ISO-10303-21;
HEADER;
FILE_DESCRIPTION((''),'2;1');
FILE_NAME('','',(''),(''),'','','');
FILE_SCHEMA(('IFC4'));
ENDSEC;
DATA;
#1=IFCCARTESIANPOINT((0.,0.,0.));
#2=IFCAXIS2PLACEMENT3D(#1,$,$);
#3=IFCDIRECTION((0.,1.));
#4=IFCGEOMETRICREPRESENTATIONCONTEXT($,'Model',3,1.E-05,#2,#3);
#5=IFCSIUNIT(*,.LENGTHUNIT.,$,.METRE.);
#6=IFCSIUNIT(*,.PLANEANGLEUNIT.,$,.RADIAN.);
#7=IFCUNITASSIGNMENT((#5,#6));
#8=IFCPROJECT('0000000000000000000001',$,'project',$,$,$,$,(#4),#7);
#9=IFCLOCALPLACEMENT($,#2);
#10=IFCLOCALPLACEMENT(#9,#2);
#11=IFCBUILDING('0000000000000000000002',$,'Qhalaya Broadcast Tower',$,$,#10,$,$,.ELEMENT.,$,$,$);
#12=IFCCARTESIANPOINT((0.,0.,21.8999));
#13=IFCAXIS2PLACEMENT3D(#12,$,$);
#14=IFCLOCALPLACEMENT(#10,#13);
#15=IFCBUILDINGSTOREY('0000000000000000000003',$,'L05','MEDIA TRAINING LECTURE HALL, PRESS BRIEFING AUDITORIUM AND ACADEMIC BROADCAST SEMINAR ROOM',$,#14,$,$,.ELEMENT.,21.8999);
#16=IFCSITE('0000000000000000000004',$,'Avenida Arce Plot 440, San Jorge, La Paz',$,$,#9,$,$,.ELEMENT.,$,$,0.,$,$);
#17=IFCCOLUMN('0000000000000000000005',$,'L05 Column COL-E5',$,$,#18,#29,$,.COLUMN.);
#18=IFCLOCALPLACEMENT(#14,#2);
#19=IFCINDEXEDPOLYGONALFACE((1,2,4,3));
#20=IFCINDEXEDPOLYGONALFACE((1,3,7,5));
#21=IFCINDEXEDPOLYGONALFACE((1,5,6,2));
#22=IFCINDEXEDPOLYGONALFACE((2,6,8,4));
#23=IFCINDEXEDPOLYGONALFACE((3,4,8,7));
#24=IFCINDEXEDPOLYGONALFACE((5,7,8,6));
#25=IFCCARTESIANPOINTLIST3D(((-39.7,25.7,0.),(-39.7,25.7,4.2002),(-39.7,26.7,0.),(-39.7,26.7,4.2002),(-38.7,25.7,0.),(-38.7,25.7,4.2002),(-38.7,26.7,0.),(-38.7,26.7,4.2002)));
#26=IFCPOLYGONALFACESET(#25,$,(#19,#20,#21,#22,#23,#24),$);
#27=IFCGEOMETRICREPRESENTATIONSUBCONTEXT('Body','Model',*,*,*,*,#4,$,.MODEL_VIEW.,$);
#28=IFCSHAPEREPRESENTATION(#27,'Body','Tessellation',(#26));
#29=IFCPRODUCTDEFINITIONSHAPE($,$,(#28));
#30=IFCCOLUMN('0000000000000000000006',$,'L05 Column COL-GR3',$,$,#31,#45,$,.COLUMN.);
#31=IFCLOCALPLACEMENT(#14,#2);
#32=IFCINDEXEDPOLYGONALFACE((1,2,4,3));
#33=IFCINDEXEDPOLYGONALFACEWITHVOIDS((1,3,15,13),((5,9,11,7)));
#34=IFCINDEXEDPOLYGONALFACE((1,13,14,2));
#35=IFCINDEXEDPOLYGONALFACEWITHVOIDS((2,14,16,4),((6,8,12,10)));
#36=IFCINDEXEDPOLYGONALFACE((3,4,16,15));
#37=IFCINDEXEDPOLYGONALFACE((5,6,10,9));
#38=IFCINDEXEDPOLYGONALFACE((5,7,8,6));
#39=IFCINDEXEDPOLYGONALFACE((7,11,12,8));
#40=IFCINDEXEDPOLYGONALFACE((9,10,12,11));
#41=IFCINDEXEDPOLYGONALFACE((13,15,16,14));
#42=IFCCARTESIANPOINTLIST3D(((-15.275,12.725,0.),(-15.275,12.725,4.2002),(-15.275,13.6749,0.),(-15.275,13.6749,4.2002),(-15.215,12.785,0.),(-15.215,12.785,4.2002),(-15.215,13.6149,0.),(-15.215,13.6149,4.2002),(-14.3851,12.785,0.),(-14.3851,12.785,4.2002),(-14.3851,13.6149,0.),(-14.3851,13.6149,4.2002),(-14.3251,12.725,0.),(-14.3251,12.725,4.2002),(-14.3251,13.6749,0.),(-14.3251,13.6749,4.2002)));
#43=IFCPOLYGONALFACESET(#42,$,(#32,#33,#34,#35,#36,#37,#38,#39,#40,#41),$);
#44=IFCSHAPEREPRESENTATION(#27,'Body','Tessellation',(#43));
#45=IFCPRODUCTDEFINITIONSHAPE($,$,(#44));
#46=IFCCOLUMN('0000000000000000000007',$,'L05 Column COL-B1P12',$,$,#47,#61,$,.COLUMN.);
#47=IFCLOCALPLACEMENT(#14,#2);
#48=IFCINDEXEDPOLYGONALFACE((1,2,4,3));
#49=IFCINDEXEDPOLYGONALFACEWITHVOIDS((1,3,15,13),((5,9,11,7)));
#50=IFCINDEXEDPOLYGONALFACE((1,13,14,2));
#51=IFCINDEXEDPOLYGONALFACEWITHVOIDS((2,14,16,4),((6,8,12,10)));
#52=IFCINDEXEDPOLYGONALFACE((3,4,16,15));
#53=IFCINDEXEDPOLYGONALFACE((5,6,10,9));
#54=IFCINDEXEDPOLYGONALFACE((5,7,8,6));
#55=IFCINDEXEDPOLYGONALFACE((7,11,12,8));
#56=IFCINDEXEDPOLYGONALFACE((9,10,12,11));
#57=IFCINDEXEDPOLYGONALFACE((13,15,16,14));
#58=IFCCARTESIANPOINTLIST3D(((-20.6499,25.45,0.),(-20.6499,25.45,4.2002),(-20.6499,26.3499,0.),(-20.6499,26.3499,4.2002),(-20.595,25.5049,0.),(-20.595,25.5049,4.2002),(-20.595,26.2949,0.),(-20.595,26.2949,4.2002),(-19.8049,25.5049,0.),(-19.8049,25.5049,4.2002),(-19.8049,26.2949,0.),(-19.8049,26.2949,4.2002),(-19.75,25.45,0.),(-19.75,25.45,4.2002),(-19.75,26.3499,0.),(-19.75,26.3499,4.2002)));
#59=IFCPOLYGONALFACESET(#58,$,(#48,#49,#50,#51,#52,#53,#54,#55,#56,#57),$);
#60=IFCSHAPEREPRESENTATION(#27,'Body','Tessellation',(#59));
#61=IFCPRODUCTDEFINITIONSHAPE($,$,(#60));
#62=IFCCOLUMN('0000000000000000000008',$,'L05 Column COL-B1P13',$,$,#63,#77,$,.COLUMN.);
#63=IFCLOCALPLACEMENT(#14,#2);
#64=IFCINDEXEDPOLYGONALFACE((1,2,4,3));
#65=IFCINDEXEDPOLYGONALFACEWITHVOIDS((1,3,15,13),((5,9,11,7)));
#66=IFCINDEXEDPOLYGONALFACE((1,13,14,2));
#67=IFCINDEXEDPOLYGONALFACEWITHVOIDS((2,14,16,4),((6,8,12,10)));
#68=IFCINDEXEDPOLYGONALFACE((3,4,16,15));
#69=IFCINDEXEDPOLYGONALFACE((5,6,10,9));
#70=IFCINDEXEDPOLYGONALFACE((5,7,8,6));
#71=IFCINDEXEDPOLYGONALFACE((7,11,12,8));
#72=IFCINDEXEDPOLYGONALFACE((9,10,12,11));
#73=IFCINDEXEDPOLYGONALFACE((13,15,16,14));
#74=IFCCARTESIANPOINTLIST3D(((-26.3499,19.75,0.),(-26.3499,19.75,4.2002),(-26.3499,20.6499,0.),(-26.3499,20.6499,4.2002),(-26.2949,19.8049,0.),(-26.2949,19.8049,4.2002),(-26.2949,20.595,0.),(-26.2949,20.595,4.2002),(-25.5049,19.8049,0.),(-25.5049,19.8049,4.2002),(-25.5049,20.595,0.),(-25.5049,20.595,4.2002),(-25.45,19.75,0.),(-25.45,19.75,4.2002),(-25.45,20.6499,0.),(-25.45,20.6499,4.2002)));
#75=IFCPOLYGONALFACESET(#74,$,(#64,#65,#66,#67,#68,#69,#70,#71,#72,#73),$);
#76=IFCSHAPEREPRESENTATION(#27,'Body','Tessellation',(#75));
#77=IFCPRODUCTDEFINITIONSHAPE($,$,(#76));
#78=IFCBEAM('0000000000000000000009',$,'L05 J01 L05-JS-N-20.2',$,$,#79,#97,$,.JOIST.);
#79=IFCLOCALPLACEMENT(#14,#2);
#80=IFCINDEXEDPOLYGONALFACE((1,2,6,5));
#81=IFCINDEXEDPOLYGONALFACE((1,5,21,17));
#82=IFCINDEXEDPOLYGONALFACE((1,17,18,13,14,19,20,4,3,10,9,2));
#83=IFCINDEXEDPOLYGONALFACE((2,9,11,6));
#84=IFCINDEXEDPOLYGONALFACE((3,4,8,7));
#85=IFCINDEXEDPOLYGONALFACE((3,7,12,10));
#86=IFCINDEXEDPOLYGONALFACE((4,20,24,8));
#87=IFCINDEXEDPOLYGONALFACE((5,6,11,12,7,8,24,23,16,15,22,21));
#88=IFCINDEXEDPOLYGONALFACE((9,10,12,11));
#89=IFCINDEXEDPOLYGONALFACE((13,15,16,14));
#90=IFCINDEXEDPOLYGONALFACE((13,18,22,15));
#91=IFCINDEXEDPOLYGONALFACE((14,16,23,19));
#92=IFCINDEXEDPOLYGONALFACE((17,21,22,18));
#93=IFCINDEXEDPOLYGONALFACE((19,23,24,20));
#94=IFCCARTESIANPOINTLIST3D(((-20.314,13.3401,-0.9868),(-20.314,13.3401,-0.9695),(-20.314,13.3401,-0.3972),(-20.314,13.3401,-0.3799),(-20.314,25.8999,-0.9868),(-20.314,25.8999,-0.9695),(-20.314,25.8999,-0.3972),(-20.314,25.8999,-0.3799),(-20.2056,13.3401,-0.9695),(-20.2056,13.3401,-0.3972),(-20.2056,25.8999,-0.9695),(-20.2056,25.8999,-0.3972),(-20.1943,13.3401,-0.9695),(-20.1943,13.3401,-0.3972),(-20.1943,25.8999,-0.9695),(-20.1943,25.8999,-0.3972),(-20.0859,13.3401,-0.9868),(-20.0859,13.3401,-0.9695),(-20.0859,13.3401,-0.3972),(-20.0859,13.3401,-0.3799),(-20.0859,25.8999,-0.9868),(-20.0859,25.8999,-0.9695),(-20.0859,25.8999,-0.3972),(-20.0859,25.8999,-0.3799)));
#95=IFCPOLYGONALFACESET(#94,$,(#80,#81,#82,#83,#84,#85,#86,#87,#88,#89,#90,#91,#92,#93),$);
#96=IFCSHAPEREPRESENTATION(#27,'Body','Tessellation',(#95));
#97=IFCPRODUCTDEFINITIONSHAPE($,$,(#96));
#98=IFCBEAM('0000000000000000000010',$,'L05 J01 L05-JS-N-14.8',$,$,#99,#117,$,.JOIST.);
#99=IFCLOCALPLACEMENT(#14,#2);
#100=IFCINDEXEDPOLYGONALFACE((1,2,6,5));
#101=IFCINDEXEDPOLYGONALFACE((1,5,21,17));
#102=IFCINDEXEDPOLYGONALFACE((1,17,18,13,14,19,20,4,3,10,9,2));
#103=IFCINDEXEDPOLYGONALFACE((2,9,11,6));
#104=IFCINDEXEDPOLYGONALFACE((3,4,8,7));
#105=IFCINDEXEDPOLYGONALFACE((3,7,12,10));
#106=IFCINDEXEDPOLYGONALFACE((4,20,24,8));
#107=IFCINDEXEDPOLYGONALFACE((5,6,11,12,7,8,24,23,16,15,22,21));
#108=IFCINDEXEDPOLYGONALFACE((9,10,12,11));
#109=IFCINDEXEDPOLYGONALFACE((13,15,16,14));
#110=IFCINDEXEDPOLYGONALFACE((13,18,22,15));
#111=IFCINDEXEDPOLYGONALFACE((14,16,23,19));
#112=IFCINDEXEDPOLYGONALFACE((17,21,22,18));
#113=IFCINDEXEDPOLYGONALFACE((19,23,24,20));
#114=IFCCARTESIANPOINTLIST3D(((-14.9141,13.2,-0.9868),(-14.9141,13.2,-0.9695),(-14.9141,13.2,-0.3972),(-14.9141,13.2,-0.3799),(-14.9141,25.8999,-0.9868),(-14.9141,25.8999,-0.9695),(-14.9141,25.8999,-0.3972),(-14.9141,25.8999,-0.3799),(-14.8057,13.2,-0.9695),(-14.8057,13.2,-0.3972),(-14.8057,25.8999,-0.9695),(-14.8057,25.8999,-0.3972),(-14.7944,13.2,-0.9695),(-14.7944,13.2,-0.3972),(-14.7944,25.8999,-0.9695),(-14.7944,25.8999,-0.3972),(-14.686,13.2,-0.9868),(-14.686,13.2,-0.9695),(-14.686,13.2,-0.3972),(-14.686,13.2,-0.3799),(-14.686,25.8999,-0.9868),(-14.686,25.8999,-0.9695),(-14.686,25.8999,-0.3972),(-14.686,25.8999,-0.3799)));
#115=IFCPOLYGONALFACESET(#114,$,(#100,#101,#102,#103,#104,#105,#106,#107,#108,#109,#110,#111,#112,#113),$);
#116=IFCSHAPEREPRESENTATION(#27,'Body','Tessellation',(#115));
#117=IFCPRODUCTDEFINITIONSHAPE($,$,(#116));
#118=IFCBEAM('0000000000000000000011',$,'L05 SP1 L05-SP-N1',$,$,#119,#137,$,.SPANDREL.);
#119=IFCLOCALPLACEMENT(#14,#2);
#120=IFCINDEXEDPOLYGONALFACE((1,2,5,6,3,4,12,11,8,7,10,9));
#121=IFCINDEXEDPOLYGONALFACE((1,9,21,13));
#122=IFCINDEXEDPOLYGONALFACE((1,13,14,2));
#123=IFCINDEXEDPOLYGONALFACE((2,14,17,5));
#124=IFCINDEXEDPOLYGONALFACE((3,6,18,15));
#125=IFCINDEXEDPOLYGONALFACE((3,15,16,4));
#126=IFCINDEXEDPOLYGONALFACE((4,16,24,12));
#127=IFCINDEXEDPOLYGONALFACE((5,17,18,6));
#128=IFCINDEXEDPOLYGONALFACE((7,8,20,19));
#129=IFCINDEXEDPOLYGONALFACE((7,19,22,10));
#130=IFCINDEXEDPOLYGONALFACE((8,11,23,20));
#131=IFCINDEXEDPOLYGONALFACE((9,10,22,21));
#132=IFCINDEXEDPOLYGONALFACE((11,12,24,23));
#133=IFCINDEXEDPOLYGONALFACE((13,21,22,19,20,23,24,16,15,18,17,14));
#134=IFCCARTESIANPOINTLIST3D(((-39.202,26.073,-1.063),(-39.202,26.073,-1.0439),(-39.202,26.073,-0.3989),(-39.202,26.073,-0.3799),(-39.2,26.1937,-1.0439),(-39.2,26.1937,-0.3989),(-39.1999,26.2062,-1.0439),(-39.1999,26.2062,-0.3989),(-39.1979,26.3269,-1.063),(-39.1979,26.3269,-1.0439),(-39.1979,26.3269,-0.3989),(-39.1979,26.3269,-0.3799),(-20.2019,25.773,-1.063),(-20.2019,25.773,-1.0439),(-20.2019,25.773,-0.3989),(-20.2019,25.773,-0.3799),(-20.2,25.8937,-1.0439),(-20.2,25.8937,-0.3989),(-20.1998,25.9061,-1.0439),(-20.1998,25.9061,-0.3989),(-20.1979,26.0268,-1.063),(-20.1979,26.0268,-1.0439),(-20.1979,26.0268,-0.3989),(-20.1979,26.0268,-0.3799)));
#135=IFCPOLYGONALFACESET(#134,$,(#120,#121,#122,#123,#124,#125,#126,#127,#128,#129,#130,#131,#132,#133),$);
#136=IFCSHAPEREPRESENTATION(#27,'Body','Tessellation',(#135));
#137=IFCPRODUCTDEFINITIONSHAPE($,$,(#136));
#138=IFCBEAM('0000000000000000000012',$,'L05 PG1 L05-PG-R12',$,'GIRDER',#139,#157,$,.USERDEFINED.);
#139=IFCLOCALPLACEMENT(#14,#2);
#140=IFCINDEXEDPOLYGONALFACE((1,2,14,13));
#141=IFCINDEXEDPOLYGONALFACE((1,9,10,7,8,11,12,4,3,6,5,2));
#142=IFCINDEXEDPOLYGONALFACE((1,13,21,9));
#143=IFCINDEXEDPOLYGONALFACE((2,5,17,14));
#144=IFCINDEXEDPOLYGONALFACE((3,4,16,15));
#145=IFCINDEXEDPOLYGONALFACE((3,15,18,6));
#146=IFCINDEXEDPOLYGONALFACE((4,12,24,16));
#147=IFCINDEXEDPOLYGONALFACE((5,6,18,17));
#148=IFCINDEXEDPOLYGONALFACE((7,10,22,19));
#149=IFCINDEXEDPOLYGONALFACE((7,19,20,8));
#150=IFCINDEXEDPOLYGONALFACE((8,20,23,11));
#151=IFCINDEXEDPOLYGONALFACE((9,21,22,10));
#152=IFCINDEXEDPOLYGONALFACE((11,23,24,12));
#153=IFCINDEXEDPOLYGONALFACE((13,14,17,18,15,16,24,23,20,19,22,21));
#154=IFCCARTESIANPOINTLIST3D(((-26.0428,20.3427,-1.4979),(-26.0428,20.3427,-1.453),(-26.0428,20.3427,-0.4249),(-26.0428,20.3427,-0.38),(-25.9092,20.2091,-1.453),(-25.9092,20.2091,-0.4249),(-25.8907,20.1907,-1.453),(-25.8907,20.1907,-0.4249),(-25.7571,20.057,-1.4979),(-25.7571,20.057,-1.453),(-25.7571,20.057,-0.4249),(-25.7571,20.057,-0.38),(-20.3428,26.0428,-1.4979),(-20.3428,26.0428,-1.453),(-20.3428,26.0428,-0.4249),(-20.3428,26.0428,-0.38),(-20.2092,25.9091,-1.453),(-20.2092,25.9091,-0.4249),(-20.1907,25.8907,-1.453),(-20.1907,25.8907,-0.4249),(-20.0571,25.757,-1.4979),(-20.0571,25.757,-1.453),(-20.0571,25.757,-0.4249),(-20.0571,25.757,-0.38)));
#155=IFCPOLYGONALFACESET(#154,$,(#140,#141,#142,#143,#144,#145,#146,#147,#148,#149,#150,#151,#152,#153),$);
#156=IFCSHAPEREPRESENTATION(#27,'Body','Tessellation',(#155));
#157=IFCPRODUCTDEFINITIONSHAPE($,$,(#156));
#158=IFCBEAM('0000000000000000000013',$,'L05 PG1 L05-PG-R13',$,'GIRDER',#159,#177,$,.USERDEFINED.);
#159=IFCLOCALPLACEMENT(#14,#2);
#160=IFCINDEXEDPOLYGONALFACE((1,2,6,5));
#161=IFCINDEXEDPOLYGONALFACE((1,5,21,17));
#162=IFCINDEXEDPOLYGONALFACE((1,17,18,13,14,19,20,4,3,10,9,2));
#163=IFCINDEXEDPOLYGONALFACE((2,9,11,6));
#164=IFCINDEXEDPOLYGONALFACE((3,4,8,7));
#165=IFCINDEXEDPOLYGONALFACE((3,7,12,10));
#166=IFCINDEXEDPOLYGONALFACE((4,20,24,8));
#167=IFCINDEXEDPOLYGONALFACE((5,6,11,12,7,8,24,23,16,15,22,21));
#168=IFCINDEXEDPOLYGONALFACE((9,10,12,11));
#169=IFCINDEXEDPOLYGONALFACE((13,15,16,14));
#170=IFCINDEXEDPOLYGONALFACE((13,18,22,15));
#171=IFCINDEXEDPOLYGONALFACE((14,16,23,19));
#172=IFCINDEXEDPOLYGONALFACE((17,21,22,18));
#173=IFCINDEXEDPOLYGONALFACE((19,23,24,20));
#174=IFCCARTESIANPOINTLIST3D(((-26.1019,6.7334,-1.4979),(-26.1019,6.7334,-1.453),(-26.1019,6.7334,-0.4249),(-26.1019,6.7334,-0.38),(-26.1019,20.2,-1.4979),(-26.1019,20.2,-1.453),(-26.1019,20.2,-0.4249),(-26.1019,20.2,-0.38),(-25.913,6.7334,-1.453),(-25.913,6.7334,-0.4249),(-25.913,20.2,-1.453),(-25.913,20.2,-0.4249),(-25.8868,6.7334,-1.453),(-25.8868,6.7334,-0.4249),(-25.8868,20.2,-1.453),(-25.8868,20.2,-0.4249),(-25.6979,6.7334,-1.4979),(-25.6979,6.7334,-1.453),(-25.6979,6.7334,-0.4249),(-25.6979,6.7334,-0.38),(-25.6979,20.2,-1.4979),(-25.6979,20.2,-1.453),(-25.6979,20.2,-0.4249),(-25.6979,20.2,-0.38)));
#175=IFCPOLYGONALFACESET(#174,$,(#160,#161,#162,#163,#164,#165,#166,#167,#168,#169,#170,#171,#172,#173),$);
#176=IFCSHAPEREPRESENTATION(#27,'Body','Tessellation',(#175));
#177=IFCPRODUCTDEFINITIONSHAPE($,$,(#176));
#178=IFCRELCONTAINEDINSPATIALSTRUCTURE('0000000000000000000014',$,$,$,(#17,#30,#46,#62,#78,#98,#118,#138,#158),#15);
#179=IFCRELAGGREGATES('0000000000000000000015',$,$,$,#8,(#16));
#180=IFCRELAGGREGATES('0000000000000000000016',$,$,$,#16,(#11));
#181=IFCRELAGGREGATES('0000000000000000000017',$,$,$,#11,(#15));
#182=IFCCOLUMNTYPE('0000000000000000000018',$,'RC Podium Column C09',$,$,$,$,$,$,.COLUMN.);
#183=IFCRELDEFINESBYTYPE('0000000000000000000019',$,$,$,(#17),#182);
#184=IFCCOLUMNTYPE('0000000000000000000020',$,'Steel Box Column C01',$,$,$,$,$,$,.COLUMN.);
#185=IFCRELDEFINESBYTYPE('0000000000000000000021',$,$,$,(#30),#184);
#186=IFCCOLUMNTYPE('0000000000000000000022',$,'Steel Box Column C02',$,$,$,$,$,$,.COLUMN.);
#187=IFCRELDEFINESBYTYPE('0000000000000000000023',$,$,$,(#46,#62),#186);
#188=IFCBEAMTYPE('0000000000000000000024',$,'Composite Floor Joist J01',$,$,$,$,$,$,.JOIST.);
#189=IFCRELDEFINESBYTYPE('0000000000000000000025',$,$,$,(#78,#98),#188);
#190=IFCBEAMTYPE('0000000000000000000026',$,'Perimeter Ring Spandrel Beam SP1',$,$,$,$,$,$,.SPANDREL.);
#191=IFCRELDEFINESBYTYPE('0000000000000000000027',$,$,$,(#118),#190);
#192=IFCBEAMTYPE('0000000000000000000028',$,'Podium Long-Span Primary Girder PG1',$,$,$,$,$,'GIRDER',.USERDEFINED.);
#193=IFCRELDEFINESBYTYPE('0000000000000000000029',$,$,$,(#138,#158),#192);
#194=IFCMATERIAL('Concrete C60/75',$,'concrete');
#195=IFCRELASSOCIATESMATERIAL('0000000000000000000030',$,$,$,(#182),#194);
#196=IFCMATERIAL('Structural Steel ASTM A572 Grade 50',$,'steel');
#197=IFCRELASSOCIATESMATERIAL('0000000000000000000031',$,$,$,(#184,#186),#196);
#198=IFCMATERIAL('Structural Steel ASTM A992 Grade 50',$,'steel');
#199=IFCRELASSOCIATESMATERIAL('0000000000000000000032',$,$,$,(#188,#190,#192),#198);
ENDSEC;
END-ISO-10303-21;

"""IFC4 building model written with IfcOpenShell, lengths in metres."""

from ifc_helpers import new_model, si_unit, direction, frame, origin, origin_2d, place, context, subcontext, project, spatial, rectangle, hollow_rectangle, i_section, extrude, material, material_profile, profile_set, type_object, element, save


model = new_model("IFC4")

# Units and contexts
model_context = context("Model", 3, precision=1e-05, world=origin(), true_north=direction((0.0, 1.0)))
body_context = subcontext(model_context, "Body", "Model", "MODEL_VIEW")
ifc_project = project(units=[si_unit("LENGTHUNIT", "METRE"), si_unit("PLANEANGLEUNIT", "RADIAN")], contexts=[model_context])

# Site, building, storey
site_placement = place(None, origin())
site = spatial("IfcSite", under=ifc_project, at=site_placement, Name="Avenida Arce Plot 440, San Jorge, La Paz", CompositionType="ELEMENT", RefElevation=0.0)
building_placement = place(site_placement, origin())
building = spatial("IfcBuilding", under=site, at=building_placement, Name="Qhalaya Broadcast Tower", CompositionType="ELEMENT")
storey_placement = place(building_placement, frame((0.0, 0.0, 21.8999)))
storey = spatial("IfcBuildingStorey", under=building, at=storey_placement, Name="L05", Description="MEDIA TRAINING LECTURE HALL, PRESS BRIEFING AUDITORIUM AND ACADEMIC BROADCAST SEMINAR ROOM", CompositionType="ELEMENT", Elevation=21.8999)

# Columns
ifc_material_1 = material(Name="Concrete C60/75", Category="concrete")
ifc_material_profile_1 = material_profile(ifc_material_1, rectangle(XDim=1.0, YDim=1.0, at=origin_2d()), Name="RC-COL 1000x1000")
ifc_profile_set_1 = profile_set([ifc_material_profile_1], Name="Concrete C60/75")
column_type_1 = type_object("IfcColumnType", Name="RC Podium Column C09", PredefinedType="COLUMN", material=ifc_profile_set_1)
column_1_placement = place(storey_placement, frame((-39.2, 26.2, 0.0), z_axis=(0.0, 0.0, 1.0), x_axis=(1.0, 0.0, 0.0)))
element("IfcColumn", 1, at=column_1_placement, inside=storey, type_object=column_type_1, Name="L05 Column COL-E5", PredefinedType="COLUMN", context=body_context, shape_type="SweptSolid", body=[
    extrude(rectangle(XDim=1.0, YDim=1.0, at=origin_2d()), origin(), (0.0, 0.0, 1.0), 4.2002),
])
ifc_material_2 = material(Name="Structural Steel ASTM A572 Grade 50", Category="steel")
ifc_material_profile_2 = material_profile(ifc_material_2, hollow_rectangle(XDim=0.95, YDim=0.95, WallThickness=0.0601, at=origin_2d()), Name="BOX 950x950x60")
ifc_profile_set_2 = profile_set([ifc_material_profile_2], Name="Structural Steel ASTM A572 Grade 50")
column_type_2 = type_object("IfcColumnType", Name="Steel Box Column C01", PredefinedType="COLUMN", material=ifc_profile_set_2)
column_2_placement = place(storey_placement, frame((-14.8, 13.2, 0.0), z_axis=(0.0, 0.0, 1.0), x_axis=(1.0, 0.0, 0.0)))
element("IfcColumn", 2, at=column_2_placement, inside=storey, type_object=column_type_2, Name="L05 Column COL-GR3", PredefinedType="COLUMN", context=body_context, shape_type="SweptSolid", body=[
    extrude(hollow_rectangle(XDim=0.95, YDim=0.95, WallThickness=0.0601, at=origin_2d()), origin(), (0.0, 0.0, 1.0), 4.2002),
])
ifc_material_profile_3 = material_profile(ifc_material_2, hollow_rectangle(XDim=0.8999, YDim=0.8999, WallThickness=0.0549, at=origin_2d()), Name="BOX 900x900x55")
ifc_profile_set_3 = profile_set([ifc_material_profile_3], Name="Structural Steel ASTM A572 Grade 50")
column_type_3 = type_object("IfcColumnType", Name="Steel Box Column C02", PredefinedType="COLUMN", material=ifc_profile_set_3)
for number, where, z_axis, x_axis, name in (
    (3, (-20.2, 25.8999, 0.0), (0.0, 0.0, 1.0), (1.0, 0.0, 0.0), "L05 Column COL-B1P12"),
    (4, (-25.8999, 20.2, 0.0), (0.0, 0.0, 1.0), (0.0, 1.0, 0.0), "L05 Column COL-B1P13"),
):
    element("IfcColumn", number, at=place(storey_placement, frame(where, z_axis=z_axis, x_axis=x_axis)), inside=storey, type_object=column_type_3, Name=name, PredefinedType="COLUMN", context=body_context, shape_type="SweptSolid", body=[
        extrude(hollow_rectangle(XDim=0.8999, YDim=0.8999, WallThickness=0.0549, at=origin_2d()), origin(), (0.0, 0.0, 1.0), 4.2002),
    ])

# Beams
ifc_material_3 = material(Name="Structural Steel ASTM A992 Grade 50", Category="steel")
ifc_material_profile_4 = material_profile(ifc_material_3, i_section(OverallWidth=0.228, OverallDepth=0.6069, WebThickness=0.0112, FlangeThickness=0.0173, at=origin_2d()), Name="W24X76")
ifc_profile_set_4 = profile_set([ifc_material_profile_4], Name="Structural Steel ASTM A992 Grade 50")
beam_type_1 = type_object("IfcBeamType", Name="Composite Floor Joist J01", PredefinedType="JOIST", material=ifc_profile_set_4)
beam_1_placement = place(storey_placement, frame((-20.2, 13.3401, -0.6833), z_axis=(0.0, 1.0, 0.0), x_axis=(-1.0, 0.0, 0.0)))
element("IfcBeam", 5, at=beam_1_placement, inside=storey, type_object=beam_type_1, Name="L05 J01 L05-JS-N-20.2", PredefinedType="JOIST", context=body_context, shape_type="SweptSolid", body=[
    extrude(i_section(OverallWidth=0.228, OverallDepth=0.6069, WebThickness=0.0112, FlangeThickness=0.0173, at=origin_2d()), origin(), (0.0, 0.0, 1.0), 12.5598),
])
beam_2_placement = place(storey_placement, frame((-14.8, 13.2, -0.6833), z_axis=(0.0, 1.0, 0.0), x_axis=(-1.0, 0.0, 0.0)))
element("IfcBeam", 6, at=beam_2_placement, inside=storey, type_object=beam_type_1, Name="L05 J01 L05-JS-N-14.8", PredefinedType="JOIST", context=body_context, shape_type="SweptSolid", body=[
    extrude(i_section(OverallWidth=0.228, OverallDepth=0.6069, WebThickness=0.0112, FlangeThickness=0.0173, at=origin_2d()), origin(), (0.0, 0.0, 1.0), 12.7),
])
ifc_material_profile_5 = material_profile(ifc_material_3, i_section(OverallWidth=0.2539, OverallDepth=0.6831, WebThickness=0.0125, FlangeThickness=0.019, at=origin_2d()), Name="W27X94")
ifc_profile_set_5 = profile_set([ifc_material_profile_5], Name="Structural Steel ASTM A992 Grade 50")
beam_type_2 = type_object("IfcBeamType", Name="Perimeter Ring Spandrel Beam SP1", PredefinedType="SPANDREL", material=ifc_profile_set_5)
beam_3_placement = place(storey_placement, frame((-39.2, 26.2, -0.7214), z_axis=(0.999875, -0.01579, 0.0), x_axis=(0.01579, 0.999875, 0.0)))
element("IfcBeam", 7, at=beam_3_placement, inside=storey, type_object=beam_type_2, Name="L05 SP1 L05-SP-N1", PredefinedType="SPANDREL", context=body_context, shape_type="SweptSolid", body=[
    extrude(i_section(OverallWidth=0.2539, OverallDepth=0.6831, WebThickness=0.0125, FlangeThickness=0.019, at=origin_2d()), origin(), (0.0, 0.0, 1.0), 19.0024),
])
ifc_material_profile_6 = material_profile(ifc_material_3, i_section(OverallWidth=0.4041, OverallDepth=1.1179, WebThickness=0.0261, FlangeThickness=0.0449, at=origin_2d()), Name="W44X335")
ifc_profile_set_6 = profile_set([ifc_material_profile_6], Name="Structural Steel ASTM A992 Grade 50")
beam_type_3 = type_object("IfcBeamType", Name="Podium Long-Span Primary Girder PG1", ElementType="GIRDER", PredefinedType="USERDEFINED", material=ifc_profile_set_6)
beam_4_placement = place(storey_placement, frame((-20.2, 25.8999, -0.939), z_axis=(-0.707107, -0.707107, 0.0), x_axis=(0.707107, -0.707107, 0.0)))
element("IfcBeam", 8, at=beam_4_placement, inside=storey, type_object=beam_type_3, Name="L05 PG1 L05-PG-R12", ObjectType="GIRDER", PredefinedType="USERDEFINED", context=body_context, shape_type="SweptSolid", body=[
    extrude(i_section(OverallWidth=0.4041, OverallDepth=1.1179, WebThickness=0.0261, FlangeThickness=0.0449, at=origin_2d()), origin(), (0.0, 0.0, 1.0), 8.061),
])
beam_5_placement = place(storey_placement, frame((-25.8999, 20.2, -0.939), z_axis=(0.0, -1.0, 0.0), x_axis=(1.0, 0.0, 0.0)))
element("IfcBeam", 9, at=beam_5_placement, inside=storey, type_object=beam_type_3, Name="L05 PG1 L05-PG-R13", ObjectType="GIRDER", PredefinedType="USERDEFINED", context=body_context, shape_type="SweptSolid", body=[
    extrude(i_section(OverallWidth=0.4041, OverallDepth=1.1179, WebThickness=0.0261, FlangeThickness=0.0449, at=origin_2d()), origin(), (0.0, 0.0, 1.0), 13.4666),
])

save(model, "model.ifc")
